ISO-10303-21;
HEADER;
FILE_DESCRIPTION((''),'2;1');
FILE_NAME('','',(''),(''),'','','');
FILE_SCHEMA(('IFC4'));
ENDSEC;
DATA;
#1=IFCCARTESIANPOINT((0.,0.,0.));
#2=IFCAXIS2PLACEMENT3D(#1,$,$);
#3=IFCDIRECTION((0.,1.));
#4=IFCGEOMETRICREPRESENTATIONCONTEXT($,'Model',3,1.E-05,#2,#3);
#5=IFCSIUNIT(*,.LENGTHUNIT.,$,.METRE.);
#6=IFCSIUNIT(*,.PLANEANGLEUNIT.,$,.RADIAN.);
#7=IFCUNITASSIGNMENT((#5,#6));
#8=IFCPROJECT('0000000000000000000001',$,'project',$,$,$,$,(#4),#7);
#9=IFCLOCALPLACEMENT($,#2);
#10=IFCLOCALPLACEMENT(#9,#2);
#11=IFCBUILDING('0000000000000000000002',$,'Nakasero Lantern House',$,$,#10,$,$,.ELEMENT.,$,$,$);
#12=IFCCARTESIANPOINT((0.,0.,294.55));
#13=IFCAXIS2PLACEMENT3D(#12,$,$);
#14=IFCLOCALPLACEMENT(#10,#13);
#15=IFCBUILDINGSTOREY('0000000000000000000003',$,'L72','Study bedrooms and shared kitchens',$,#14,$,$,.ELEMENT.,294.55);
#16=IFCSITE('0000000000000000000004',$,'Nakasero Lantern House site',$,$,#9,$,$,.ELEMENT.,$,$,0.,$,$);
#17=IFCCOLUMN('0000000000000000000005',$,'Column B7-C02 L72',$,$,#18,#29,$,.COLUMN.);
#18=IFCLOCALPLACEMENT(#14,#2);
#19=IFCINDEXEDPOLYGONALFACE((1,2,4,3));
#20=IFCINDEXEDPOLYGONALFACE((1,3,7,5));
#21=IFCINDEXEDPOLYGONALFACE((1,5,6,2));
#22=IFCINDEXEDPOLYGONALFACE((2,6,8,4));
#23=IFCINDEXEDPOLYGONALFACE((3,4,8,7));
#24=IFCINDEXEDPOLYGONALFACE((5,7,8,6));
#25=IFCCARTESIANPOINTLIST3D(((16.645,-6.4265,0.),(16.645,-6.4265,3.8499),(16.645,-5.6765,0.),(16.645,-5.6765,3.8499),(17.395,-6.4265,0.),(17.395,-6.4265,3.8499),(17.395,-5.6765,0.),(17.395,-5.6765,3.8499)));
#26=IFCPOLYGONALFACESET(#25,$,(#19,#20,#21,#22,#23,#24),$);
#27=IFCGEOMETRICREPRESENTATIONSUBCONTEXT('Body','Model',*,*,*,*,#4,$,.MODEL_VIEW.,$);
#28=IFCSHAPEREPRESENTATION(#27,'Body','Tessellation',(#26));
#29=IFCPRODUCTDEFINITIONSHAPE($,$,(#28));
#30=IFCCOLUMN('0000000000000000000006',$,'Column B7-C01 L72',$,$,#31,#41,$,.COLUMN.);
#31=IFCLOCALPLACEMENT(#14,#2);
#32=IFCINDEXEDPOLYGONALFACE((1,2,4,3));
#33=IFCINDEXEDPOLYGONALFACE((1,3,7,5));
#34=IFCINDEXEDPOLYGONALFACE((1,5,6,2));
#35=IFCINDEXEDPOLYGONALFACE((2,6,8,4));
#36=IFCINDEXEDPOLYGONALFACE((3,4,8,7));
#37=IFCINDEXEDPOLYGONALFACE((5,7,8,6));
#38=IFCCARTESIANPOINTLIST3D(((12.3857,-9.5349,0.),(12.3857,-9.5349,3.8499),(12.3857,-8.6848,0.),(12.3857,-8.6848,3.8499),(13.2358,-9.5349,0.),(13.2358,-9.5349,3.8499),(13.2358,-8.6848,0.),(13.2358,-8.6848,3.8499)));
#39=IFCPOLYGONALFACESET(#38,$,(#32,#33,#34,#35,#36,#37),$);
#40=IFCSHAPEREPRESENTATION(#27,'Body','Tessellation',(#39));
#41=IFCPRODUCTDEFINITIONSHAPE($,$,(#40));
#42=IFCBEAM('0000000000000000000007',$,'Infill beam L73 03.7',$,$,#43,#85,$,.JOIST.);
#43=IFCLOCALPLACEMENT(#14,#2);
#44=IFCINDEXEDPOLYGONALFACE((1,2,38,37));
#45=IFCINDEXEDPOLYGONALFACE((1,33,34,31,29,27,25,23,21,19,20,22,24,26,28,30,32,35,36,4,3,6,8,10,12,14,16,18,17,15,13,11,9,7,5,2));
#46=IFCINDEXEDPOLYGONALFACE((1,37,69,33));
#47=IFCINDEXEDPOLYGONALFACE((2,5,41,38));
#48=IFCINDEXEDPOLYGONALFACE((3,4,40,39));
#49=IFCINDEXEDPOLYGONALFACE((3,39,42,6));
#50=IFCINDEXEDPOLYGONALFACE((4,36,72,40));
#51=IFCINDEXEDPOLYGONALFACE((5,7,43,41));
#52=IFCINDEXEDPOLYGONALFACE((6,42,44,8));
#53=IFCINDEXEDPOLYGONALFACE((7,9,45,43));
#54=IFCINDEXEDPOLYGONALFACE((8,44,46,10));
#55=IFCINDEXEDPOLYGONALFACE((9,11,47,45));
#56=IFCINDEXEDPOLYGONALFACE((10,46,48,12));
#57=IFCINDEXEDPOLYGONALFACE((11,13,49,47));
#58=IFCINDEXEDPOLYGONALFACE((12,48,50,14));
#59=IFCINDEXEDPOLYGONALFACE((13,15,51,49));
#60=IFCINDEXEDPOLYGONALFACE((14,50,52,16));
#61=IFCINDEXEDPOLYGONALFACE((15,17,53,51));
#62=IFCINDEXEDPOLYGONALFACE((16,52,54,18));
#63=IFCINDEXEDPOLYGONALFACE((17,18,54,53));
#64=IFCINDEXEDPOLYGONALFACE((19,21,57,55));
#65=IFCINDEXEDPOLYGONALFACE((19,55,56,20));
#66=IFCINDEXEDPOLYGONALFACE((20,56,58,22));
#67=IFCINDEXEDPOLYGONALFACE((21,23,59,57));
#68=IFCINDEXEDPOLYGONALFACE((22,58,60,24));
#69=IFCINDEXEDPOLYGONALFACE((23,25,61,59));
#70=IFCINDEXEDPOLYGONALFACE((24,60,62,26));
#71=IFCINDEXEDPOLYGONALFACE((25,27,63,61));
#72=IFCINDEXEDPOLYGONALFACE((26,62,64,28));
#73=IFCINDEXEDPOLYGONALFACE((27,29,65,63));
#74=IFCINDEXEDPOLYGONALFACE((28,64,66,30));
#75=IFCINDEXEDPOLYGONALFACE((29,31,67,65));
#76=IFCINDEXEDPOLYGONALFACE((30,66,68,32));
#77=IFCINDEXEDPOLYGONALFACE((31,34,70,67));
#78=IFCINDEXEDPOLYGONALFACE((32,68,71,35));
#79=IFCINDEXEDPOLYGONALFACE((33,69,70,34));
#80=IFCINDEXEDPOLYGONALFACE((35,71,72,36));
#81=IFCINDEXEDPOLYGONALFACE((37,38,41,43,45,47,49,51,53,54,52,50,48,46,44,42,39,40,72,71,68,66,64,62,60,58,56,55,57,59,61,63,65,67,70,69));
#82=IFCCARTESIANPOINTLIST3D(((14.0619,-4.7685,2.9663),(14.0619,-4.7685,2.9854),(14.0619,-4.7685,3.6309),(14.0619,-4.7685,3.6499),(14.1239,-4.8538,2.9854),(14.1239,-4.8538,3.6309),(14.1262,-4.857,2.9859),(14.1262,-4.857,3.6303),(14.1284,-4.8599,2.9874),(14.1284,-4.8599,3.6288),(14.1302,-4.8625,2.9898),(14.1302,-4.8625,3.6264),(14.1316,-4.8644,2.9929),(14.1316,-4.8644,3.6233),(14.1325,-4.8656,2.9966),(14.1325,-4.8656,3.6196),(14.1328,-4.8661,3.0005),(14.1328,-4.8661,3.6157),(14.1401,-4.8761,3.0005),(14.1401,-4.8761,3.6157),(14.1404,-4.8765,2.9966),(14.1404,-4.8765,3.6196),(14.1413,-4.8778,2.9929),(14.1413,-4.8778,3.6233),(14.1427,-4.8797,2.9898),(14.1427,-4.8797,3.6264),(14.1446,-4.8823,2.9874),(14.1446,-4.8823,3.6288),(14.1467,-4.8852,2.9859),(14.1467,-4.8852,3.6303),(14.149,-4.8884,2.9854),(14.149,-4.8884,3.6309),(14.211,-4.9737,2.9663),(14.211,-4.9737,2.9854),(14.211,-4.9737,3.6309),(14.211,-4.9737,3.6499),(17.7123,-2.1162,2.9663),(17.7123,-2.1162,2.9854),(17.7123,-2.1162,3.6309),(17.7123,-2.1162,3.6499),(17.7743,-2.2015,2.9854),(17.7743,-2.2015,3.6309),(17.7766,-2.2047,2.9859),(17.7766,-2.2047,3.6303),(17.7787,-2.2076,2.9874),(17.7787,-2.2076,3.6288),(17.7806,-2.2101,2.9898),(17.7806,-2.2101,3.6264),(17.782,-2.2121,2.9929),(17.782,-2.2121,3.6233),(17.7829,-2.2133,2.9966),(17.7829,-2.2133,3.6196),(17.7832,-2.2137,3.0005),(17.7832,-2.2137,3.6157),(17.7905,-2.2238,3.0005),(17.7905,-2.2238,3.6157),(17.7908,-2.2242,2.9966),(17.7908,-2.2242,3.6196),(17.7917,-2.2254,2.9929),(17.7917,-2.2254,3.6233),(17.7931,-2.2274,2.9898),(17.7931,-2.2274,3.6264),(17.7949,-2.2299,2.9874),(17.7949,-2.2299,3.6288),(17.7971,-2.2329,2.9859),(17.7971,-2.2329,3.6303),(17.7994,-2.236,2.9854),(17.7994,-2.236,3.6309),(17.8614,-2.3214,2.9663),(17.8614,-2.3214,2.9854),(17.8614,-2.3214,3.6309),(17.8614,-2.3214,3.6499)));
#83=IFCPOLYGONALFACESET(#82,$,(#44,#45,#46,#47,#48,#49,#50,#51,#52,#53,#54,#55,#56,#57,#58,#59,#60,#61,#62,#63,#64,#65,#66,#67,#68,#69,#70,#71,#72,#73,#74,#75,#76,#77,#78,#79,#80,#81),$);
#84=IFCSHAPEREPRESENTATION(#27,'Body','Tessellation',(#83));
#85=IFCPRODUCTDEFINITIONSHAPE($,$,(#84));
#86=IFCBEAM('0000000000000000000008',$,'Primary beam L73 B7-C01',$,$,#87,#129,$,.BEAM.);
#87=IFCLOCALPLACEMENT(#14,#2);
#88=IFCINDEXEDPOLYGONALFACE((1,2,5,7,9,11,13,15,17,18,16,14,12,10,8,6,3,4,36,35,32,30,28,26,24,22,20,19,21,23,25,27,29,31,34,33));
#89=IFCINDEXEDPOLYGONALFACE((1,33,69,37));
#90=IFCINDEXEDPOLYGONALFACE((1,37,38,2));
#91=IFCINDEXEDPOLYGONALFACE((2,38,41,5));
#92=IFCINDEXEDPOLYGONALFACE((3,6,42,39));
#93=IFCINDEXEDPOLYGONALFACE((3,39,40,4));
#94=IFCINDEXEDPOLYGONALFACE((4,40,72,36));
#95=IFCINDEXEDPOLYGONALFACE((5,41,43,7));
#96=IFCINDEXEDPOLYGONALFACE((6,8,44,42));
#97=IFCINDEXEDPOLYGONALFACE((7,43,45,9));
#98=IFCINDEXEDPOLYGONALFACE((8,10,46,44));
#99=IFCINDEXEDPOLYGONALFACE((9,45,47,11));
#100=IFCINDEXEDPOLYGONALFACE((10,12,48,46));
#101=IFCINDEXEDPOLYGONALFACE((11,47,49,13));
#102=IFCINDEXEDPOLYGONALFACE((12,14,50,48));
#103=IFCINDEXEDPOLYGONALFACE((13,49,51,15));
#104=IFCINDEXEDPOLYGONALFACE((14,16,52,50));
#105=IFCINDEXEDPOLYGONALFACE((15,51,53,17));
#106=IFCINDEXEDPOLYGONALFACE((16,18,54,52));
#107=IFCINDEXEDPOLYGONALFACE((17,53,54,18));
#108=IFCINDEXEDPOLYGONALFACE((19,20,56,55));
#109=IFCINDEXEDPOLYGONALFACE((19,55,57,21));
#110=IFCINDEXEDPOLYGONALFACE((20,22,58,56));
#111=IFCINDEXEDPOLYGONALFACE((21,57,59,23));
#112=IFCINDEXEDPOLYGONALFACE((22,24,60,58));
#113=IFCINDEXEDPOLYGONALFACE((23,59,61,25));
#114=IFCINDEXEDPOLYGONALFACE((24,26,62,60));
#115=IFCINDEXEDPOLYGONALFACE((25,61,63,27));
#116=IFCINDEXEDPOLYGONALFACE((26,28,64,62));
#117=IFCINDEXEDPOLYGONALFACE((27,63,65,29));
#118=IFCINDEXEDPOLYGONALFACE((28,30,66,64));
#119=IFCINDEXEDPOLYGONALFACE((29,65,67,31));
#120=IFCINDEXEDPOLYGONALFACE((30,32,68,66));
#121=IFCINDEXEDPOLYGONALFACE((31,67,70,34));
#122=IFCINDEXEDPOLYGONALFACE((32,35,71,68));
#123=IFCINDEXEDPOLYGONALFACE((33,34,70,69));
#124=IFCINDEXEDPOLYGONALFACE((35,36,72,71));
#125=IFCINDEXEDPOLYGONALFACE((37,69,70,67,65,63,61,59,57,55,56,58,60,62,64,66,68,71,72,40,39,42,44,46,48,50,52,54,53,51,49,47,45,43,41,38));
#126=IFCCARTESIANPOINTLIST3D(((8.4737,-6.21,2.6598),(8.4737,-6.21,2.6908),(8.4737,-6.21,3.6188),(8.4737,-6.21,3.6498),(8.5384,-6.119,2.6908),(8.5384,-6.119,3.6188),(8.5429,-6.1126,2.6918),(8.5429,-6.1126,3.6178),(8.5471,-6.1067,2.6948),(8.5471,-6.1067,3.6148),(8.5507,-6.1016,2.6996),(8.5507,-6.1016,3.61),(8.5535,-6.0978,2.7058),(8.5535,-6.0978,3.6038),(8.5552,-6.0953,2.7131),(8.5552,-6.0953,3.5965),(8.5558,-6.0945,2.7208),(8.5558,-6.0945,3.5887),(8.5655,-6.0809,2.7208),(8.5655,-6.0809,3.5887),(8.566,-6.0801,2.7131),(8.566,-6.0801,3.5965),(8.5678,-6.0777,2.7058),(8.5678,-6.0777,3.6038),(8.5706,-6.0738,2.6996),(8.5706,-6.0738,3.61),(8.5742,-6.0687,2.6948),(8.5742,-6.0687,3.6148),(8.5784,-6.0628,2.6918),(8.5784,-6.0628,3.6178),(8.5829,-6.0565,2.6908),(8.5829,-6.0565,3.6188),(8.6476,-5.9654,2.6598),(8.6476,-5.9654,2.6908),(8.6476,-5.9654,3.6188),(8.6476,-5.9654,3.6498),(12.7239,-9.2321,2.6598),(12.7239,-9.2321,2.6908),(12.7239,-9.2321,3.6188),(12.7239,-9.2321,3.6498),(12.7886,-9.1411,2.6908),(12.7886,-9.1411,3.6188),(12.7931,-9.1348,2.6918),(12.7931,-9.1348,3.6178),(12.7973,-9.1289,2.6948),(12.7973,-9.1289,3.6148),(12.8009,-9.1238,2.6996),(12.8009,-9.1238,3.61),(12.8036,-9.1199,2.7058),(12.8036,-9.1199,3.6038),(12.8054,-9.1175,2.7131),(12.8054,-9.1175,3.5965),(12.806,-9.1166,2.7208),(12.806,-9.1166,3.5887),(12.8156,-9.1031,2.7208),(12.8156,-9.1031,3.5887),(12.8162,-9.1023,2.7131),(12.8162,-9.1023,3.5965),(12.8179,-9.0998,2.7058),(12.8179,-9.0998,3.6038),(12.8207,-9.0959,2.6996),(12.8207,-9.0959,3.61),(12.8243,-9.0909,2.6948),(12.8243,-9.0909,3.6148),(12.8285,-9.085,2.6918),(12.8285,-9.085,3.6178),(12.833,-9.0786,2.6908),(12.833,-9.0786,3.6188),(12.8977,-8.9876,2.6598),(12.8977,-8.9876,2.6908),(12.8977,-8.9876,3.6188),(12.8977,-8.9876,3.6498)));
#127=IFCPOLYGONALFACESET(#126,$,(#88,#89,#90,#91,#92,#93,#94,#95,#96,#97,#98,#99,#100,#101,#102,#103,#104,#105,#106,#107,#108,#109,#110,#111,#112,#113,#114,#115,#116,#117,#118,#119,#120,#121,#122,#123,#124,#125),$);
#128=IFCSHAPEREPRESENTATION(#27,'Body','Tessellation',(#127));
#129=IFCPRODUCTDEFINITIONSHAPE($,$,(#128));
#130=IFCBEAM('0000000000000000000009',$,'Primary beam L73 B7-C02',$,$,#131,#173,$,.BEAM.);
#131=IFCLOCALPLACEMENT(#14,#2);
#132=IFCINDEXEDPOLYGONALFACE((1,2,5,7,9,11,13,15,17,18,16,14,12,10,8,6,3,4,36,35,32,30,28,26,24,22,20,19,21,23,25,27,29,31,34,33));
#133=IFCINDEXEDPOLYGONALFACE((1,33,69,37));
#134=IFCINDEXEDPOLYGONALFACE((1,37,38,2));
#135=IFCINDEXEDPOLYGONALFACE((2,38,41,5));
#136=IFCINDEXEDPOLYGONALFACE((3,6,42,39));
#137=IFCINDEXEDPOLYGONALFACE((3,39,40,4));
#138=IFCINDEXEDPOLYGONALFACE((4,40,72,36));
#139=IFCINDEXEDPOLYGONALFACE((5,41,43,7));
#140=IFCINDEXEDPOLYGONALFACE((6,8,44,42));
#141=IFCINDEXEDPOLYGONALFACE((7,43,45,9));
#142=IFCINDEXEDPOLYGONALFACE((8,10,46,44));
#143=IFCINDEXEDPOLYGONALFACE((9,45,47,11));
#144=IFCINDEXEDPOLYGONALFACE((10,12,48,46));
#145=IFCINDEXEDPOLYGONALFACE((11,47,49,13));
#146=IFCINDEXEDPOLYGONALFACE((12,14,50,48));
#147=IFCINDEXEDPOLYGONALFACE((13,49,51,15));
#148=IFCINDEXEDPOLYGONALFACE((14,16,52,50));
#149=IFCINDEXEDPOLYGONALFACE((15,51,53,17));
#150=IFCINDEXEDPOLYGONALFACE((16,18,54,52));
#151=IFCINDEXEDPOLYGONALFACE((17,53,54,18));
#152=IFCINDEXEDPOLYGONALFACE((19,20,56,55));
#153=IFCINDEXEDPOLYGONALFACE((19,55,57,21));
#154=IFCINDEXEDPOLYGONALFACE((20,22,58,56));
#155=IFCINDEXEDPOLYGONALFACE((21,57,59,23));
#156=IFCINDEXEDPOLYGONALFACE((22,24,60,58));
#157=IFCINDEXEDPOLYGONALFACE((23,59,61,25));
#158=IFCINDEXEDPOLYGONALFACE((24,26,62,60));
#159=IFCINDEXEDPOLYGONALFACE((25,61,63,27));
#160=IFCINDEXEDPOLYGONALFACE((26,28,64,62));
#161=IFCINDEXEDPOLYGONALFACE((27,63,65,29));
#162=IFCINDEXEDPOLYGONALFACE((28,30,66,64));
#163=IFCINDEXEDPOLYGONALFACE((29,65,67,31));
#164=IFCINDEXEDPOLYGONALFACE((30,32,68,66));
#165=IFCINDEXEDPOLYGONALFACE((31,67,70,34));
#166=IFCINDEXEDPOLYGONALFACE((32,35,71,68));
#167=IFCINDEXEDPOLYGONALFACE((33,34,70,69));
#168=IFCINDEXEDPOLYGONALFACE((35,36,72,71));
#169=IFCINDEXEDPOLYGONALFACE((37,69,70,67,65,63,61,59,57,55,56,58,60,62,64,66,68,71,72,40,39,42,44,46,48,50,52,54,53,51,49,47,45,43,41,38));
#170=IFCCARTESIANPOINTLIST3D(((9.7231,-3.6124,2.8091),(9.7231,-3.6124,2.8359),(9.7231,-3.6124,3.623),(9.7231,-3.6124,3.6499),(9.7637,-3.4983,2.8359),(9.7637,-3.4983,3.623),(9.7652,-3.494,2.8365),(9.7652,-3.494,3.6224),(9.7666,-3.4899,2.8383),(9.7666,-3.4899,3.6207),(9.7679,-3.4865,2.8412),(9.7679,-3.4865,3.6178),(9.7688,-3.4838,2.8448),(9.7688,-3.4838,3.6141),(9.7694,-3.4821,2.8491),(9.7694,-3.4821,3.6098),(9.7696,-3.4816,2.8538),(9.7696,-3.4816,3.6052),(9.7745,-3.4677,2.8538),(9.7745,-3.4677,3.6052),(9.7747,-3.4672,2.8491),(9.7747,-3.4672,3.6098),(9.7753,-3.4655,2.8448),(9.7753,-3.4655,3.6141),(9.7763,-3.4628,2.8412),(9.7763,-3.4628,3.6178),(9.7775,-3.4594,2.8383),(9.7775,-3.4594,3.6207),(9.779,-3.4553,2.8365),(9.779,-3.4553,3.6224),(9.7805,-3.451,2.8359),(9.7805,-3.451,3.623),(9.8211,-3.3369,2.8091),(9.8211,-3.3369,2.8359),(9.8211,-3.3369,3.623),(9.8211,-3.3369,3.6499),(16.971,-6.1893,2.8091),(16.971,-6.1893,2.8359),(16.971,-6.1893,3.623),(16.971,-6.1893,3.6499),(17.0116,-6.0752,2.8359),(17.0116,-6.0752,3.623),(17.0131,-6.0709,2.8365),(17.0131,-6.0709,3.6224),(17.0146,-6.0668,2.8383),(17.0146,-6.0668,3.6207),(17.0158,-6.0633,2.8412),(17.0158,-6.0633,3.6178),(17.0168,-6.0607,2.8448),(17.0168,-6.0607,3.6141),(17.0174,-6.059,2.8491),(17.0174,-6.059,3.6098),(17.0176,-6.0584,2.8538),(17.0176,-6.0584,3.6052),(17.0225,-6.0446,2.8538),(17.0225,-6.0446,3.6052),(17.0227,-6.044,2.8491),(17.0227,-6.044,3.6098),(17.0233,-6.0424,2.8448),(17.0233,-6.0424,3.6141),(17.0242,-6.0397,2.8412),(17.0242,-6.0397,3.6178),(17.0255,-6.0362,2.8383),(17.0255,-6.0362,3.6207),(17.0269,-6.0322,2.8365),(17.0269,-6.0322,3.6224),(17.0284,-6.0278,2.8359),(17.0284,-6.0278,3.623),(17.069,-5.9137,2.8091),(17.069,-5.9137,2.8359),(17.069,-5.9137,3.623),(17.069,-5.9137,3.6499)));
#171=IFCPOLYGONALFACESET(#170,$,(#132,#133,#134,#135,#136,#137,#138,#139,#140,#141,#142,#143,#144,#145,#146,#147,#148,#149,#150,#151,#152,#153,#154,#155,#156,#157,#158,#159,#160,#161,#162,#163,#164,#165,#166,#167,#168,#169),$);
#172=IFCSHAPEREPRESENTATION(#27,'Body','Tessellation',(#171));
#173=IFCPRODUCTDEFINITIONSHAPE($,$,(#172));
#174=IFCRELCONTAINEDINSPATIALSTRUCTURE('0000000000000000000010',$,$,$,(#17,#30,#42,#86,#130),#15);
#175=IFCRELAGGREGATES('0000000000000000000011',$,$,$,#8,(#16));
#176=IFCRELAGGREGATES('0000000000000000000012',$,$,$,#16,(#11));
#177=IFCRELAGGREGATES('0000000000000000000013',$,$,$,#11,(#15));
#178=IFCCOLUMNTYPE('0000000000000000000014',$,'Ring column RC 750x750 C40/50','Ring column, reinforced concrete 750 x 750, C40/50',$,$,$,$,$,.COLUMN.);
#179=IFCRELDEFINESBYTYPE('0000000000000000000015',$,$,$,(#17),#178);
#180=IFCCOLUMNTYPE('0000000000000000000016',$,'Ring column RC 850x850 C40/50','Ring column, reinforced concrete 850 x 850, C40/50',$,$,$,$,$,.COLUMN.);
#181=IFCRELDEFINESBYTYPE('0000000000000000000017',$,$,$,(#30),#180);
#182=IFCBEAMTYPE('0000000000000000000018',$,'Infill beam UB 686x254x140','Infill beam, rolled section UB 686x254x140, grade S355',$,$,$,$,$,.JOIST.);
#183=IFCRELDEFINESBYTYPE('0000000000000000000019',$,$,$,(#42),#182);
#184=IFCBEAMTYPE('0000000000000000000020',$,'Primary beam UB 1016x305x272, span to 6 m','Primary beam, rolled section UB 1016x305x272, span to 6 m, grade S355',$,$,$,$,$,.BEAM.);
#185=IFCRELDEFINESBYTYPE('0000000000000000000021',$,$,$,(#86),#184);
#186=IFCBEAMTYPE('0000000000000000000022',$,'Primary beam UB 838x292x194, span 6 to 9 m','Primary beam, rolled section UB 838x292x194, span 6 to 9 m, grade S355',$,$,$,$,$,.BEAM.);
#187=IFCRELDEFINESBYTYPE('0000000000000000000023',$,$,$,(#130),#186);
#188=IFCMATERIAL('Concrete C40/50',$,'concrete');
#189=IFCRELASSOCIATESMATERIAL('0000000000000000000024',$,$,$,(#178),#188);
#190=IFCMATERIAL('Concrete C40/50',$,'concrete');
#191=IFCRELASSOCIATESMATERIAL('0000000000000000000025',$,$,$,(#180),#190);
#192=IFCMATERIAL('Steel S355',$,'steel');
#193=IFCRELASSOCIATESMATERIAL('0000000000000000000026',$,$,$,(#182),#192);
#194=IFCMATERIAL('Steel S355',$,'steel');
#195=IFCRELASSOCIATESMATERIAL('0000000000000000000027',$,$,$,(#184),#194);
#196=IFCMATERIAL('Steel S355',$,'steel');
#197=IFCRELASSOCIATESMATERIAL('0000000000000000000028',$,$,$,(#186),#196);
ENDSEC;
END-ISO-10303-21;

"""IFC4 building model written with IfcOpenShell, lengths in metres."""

from ifc_helpers import new_model, si_unit, direction, frame, origin, origin_2d, place, context, subcontext, project, spatial, rectangle, i_section, extrude, material, material_profile, profile_set, type_object, element, save


model = new_model("IFC4")

# Units and contexts
model_context = context("Model", 3, precision=1e-05, world=origin(), true_north=direction((0.0, 1.0)))
body_context = subcontext(model_context, "Body", "Model", "MODEL_VIEW")
ifc_project = project(units=[si_unit("LENGTHUNIT", "METRE"), si_unit("PLANEANGLEUNIT", "RADIAN")], contexts=[model_context])

# Site, building, storey
site_placement = place(None, origin())
site = spatial("IfcSite", under=ifc_project, at=site_placement, Name="Nakasero Lantern House site", CompositionType="ELEMENT", RefElevation=0.0)
building_placement = place(site_placement, origin())
building = spatial("IfcBuilding", under=site, at=building_placement, Name="Nakasero Lantern House", CompositionType="ELEMENT")
storey_placement = place(building_placement, frame((0.0, 0.0, 294.55)))
storey = spatial("IfcBuildingStorey", under=building, at=storey_placement, Name="L72", Description="Study bedrooms and shared kitchens", CompositionType="ELEMENT", Elevation=294.55)

# Columns
ifc_material_1 = material(Name="Concrete C40/50", Category="concrete")
ifc_material_profile_1 = material_profile(ifc_material_1, rectangle(XDim=0.75, YDim=0.75, at=origin_2d()), Name="RC 750x750")
ifc_profile_set_1 = profile_set([ifc_material_profile_1], Name="Concrete C40/50")
column_type_1 = type_object("IfcColumnType", Name="Ring column RC 750x750 C40/50", Description="Ring column, reinforced concrete 750 x 750, C40/50", PredefinedType="COLUMN", material=ifc_profile_set_1)
column_1_placement = place(storey_placement, frame((17.02, -6.0515, 0.0), z_axis=(0.0, 0.0, 1.0), x_axis=(1.0, 0.0, 0.0)))
element("IfcColumn", 1, at=column_1_placement, inside=storey, type_object=column_type_1, Name="Column B7-C02 L72", PredefinedType="COLUMN", context=body_context, shape_type="SweptSolid", body=[
    extrude(rectangle(XDim=0.75, YDim=0.75, at=origin_2d()), origin(), (0.0, 0.0, 1.0), 3.8499),
])
ifc_material_2 = material(Name="Concrete C40/50", Category="concrete")
ifc_material_profile_2 = material_profile(ifc_material_2, rectangle(XDim=0.8501, YDim=0.8501, at=origin_2d()), Name="RC 850x850")
ifc_profile_set_2 = profile_set([ifc_material_profile_2], Name="Concrete C40/50")
column_type_2 = type_object("IfcColumnType", Name="Ring column RC 850x850 C40/50", Description="Ring column, reinforced concrete 850 x 850, C40/50", PredefinedType="COLUMN", material=ifc_profile_set_2)
column_2_placement = place(storey_placement, frame((12.8108, -9.1099, 0.0), z_axis=(0.0, 0.0, 1.0), x_axis=(1.0, 0.0, 0.0)))
element("IfcColumn", 2, at=column_2_placement, inside=storey, type_object=column_type_2, Name="Column B7-C01 L72", PredefinedType="COLUMN", context=body_context, shape_type="SweptSolid", body=[
    extrude(rectangle(XDim=0.8501, YDim=0.8501, at=origin_2d()), origin(), (0.0, 0.0, 1.0), 3.8499),
])

# Beams
ifc_material_3 = material(Name="Steel S355", Category="steel")
ifc_material_profile_3 = material_profile(ifc_material_3, i_section(OverallWidth=0.2537, OverallDepth=0.6836, WebThickness=0.0125, FlangeThickness=0.019, FilletRadius=0.0151, at=origin_2d()), Name="UB 686x254x140")
ifc_profile_set_3 = profile_set([ifc_material_profile_3], Name="Steel S355")
beam_type_1 = type_object("IfcBeamType", Name="Infill beam UB 686x254x140", Description="Infill beam, rolled section UB 686x254x140, grade S355", PredefinedType="JOIST", material=ifc_profile_set_3)
beam_1_placement = place(storey_placement, frame((14.1365, -4.8711, 3.3081), z_axis=(0.808998, 0.587811, 0.0), x_axis=(-0.587811, 0.808998, 0.0)))
element("IfcBeam", 3, at=beam_1_placement, inside=storey, type_object=beam_type_1, Name="Infill beam L73 03.7", PredefinedType="JOIST", context=body_context, shape_type="SweptSolid", body=[
    extrude(i_section(OverallWidth=0.2537, OverallDepth=0.6836, WebThickness=0.0125, FlangeThickness=0.019, FilletRadius=0.0151, at=origin_2d()), origin(), (0.0, 0.0, 1.0), 4.5122),
])
ifc_material_4 = material(Name="Steel S355", Category="steel")
ifc_material_profile_4 = material_profile(ifc_material_4, i_section(OverallWidth=0.3, OverallDepth=0.99, WebThickness=0.0166, FlangeThickness=0.031, FilletRadius=0.03, at=origin_2d()), Name="UB 1016x305x272")
ifc_profile_set_4 = profile_set([ifc_material_profile_4], Name="Steel S355")
beam_type_2 = type_object("IfcBeamType", Name="Primary beam UB 1016x305x272, span to 6 m", Description="Primary beam, rolled section UB 1016x305x272, span to 6 m, grade S355", PredefinedType="BEAM", material=ifc_profile_set_4)
beam_2_placement = place(storey_placement, frame((12.8108, -9.1099, 3.1548), z_axis=(-0.814972, 0.579501, 0.0), x_axis=(-0.579501, -0.814972, 0.0)))
element("IfcBeam", 4, at=beam_2_placement, inside=storey, type_object=beam_type_2, Name="Primary beam L73 B7-C01", PredefinedType="BEAM", context=body_context, shape_type="SweptSolid", body=[
    extrude(i_section(OverallWidth=0.3, OverallDepth=0.99, WebThickness=0.0166, FlangeThickness=0.031, FilletRadius=0.03, at=origin_2d()), origin(), (0.0, 0.0, 1.0), 5.2151),
])
ifc_material_5 = material(Name="Steel S355", Category="steel")
ifc_material_profile_5 = material_profile(ifc_material_5, i_section(OverallWidth=0.2925, OverallDepth=0.8408, WebThickness=0.0146, FlangeThickness=0.0269, FilletRadius=0.0178, at=origin_2d()), Name="UB 838x292x194")
ifc_profile_set_5 = profile_set([ifc_material_profile_5], Name="Steel S355")
beam_type_3 = type_object("IfcBeamType", Name="Primary beam UB 838x292x194, span 6 to 9 m", Description="Primary beam, rolled section UB 838x292x194, span 6 to 9 m, grade S355", PredefinedType="BEAM", material=ifc_profile_set_5)
beam_3_placement = place(storey_placement, frame((17.02, -6.0515, 3.2295), z_axis=(-0.942222, 0.334989, 0.0), x_axis=(-0.334989, -0.942222, 0.0)))
element("IfcBeam", 5, at=beam_3_placement, inside=storey, type_object=beam_type_3, Name="Primary beam L73 B7-C02", PredefinedType="BEAM", context=body_context, shape_type="SweptSolid", body=[
    extrude(i_section(OverallWidth=0.2925, OverallDepth=0.8408, WebThickness=0.0146, FlangeThickness=0.0269, FilletRadius=0.0178, at=origin_2d()), origin(), (0.0, 0.0, 1.0), 7.6924),
])

save(model, "model.ifc")
